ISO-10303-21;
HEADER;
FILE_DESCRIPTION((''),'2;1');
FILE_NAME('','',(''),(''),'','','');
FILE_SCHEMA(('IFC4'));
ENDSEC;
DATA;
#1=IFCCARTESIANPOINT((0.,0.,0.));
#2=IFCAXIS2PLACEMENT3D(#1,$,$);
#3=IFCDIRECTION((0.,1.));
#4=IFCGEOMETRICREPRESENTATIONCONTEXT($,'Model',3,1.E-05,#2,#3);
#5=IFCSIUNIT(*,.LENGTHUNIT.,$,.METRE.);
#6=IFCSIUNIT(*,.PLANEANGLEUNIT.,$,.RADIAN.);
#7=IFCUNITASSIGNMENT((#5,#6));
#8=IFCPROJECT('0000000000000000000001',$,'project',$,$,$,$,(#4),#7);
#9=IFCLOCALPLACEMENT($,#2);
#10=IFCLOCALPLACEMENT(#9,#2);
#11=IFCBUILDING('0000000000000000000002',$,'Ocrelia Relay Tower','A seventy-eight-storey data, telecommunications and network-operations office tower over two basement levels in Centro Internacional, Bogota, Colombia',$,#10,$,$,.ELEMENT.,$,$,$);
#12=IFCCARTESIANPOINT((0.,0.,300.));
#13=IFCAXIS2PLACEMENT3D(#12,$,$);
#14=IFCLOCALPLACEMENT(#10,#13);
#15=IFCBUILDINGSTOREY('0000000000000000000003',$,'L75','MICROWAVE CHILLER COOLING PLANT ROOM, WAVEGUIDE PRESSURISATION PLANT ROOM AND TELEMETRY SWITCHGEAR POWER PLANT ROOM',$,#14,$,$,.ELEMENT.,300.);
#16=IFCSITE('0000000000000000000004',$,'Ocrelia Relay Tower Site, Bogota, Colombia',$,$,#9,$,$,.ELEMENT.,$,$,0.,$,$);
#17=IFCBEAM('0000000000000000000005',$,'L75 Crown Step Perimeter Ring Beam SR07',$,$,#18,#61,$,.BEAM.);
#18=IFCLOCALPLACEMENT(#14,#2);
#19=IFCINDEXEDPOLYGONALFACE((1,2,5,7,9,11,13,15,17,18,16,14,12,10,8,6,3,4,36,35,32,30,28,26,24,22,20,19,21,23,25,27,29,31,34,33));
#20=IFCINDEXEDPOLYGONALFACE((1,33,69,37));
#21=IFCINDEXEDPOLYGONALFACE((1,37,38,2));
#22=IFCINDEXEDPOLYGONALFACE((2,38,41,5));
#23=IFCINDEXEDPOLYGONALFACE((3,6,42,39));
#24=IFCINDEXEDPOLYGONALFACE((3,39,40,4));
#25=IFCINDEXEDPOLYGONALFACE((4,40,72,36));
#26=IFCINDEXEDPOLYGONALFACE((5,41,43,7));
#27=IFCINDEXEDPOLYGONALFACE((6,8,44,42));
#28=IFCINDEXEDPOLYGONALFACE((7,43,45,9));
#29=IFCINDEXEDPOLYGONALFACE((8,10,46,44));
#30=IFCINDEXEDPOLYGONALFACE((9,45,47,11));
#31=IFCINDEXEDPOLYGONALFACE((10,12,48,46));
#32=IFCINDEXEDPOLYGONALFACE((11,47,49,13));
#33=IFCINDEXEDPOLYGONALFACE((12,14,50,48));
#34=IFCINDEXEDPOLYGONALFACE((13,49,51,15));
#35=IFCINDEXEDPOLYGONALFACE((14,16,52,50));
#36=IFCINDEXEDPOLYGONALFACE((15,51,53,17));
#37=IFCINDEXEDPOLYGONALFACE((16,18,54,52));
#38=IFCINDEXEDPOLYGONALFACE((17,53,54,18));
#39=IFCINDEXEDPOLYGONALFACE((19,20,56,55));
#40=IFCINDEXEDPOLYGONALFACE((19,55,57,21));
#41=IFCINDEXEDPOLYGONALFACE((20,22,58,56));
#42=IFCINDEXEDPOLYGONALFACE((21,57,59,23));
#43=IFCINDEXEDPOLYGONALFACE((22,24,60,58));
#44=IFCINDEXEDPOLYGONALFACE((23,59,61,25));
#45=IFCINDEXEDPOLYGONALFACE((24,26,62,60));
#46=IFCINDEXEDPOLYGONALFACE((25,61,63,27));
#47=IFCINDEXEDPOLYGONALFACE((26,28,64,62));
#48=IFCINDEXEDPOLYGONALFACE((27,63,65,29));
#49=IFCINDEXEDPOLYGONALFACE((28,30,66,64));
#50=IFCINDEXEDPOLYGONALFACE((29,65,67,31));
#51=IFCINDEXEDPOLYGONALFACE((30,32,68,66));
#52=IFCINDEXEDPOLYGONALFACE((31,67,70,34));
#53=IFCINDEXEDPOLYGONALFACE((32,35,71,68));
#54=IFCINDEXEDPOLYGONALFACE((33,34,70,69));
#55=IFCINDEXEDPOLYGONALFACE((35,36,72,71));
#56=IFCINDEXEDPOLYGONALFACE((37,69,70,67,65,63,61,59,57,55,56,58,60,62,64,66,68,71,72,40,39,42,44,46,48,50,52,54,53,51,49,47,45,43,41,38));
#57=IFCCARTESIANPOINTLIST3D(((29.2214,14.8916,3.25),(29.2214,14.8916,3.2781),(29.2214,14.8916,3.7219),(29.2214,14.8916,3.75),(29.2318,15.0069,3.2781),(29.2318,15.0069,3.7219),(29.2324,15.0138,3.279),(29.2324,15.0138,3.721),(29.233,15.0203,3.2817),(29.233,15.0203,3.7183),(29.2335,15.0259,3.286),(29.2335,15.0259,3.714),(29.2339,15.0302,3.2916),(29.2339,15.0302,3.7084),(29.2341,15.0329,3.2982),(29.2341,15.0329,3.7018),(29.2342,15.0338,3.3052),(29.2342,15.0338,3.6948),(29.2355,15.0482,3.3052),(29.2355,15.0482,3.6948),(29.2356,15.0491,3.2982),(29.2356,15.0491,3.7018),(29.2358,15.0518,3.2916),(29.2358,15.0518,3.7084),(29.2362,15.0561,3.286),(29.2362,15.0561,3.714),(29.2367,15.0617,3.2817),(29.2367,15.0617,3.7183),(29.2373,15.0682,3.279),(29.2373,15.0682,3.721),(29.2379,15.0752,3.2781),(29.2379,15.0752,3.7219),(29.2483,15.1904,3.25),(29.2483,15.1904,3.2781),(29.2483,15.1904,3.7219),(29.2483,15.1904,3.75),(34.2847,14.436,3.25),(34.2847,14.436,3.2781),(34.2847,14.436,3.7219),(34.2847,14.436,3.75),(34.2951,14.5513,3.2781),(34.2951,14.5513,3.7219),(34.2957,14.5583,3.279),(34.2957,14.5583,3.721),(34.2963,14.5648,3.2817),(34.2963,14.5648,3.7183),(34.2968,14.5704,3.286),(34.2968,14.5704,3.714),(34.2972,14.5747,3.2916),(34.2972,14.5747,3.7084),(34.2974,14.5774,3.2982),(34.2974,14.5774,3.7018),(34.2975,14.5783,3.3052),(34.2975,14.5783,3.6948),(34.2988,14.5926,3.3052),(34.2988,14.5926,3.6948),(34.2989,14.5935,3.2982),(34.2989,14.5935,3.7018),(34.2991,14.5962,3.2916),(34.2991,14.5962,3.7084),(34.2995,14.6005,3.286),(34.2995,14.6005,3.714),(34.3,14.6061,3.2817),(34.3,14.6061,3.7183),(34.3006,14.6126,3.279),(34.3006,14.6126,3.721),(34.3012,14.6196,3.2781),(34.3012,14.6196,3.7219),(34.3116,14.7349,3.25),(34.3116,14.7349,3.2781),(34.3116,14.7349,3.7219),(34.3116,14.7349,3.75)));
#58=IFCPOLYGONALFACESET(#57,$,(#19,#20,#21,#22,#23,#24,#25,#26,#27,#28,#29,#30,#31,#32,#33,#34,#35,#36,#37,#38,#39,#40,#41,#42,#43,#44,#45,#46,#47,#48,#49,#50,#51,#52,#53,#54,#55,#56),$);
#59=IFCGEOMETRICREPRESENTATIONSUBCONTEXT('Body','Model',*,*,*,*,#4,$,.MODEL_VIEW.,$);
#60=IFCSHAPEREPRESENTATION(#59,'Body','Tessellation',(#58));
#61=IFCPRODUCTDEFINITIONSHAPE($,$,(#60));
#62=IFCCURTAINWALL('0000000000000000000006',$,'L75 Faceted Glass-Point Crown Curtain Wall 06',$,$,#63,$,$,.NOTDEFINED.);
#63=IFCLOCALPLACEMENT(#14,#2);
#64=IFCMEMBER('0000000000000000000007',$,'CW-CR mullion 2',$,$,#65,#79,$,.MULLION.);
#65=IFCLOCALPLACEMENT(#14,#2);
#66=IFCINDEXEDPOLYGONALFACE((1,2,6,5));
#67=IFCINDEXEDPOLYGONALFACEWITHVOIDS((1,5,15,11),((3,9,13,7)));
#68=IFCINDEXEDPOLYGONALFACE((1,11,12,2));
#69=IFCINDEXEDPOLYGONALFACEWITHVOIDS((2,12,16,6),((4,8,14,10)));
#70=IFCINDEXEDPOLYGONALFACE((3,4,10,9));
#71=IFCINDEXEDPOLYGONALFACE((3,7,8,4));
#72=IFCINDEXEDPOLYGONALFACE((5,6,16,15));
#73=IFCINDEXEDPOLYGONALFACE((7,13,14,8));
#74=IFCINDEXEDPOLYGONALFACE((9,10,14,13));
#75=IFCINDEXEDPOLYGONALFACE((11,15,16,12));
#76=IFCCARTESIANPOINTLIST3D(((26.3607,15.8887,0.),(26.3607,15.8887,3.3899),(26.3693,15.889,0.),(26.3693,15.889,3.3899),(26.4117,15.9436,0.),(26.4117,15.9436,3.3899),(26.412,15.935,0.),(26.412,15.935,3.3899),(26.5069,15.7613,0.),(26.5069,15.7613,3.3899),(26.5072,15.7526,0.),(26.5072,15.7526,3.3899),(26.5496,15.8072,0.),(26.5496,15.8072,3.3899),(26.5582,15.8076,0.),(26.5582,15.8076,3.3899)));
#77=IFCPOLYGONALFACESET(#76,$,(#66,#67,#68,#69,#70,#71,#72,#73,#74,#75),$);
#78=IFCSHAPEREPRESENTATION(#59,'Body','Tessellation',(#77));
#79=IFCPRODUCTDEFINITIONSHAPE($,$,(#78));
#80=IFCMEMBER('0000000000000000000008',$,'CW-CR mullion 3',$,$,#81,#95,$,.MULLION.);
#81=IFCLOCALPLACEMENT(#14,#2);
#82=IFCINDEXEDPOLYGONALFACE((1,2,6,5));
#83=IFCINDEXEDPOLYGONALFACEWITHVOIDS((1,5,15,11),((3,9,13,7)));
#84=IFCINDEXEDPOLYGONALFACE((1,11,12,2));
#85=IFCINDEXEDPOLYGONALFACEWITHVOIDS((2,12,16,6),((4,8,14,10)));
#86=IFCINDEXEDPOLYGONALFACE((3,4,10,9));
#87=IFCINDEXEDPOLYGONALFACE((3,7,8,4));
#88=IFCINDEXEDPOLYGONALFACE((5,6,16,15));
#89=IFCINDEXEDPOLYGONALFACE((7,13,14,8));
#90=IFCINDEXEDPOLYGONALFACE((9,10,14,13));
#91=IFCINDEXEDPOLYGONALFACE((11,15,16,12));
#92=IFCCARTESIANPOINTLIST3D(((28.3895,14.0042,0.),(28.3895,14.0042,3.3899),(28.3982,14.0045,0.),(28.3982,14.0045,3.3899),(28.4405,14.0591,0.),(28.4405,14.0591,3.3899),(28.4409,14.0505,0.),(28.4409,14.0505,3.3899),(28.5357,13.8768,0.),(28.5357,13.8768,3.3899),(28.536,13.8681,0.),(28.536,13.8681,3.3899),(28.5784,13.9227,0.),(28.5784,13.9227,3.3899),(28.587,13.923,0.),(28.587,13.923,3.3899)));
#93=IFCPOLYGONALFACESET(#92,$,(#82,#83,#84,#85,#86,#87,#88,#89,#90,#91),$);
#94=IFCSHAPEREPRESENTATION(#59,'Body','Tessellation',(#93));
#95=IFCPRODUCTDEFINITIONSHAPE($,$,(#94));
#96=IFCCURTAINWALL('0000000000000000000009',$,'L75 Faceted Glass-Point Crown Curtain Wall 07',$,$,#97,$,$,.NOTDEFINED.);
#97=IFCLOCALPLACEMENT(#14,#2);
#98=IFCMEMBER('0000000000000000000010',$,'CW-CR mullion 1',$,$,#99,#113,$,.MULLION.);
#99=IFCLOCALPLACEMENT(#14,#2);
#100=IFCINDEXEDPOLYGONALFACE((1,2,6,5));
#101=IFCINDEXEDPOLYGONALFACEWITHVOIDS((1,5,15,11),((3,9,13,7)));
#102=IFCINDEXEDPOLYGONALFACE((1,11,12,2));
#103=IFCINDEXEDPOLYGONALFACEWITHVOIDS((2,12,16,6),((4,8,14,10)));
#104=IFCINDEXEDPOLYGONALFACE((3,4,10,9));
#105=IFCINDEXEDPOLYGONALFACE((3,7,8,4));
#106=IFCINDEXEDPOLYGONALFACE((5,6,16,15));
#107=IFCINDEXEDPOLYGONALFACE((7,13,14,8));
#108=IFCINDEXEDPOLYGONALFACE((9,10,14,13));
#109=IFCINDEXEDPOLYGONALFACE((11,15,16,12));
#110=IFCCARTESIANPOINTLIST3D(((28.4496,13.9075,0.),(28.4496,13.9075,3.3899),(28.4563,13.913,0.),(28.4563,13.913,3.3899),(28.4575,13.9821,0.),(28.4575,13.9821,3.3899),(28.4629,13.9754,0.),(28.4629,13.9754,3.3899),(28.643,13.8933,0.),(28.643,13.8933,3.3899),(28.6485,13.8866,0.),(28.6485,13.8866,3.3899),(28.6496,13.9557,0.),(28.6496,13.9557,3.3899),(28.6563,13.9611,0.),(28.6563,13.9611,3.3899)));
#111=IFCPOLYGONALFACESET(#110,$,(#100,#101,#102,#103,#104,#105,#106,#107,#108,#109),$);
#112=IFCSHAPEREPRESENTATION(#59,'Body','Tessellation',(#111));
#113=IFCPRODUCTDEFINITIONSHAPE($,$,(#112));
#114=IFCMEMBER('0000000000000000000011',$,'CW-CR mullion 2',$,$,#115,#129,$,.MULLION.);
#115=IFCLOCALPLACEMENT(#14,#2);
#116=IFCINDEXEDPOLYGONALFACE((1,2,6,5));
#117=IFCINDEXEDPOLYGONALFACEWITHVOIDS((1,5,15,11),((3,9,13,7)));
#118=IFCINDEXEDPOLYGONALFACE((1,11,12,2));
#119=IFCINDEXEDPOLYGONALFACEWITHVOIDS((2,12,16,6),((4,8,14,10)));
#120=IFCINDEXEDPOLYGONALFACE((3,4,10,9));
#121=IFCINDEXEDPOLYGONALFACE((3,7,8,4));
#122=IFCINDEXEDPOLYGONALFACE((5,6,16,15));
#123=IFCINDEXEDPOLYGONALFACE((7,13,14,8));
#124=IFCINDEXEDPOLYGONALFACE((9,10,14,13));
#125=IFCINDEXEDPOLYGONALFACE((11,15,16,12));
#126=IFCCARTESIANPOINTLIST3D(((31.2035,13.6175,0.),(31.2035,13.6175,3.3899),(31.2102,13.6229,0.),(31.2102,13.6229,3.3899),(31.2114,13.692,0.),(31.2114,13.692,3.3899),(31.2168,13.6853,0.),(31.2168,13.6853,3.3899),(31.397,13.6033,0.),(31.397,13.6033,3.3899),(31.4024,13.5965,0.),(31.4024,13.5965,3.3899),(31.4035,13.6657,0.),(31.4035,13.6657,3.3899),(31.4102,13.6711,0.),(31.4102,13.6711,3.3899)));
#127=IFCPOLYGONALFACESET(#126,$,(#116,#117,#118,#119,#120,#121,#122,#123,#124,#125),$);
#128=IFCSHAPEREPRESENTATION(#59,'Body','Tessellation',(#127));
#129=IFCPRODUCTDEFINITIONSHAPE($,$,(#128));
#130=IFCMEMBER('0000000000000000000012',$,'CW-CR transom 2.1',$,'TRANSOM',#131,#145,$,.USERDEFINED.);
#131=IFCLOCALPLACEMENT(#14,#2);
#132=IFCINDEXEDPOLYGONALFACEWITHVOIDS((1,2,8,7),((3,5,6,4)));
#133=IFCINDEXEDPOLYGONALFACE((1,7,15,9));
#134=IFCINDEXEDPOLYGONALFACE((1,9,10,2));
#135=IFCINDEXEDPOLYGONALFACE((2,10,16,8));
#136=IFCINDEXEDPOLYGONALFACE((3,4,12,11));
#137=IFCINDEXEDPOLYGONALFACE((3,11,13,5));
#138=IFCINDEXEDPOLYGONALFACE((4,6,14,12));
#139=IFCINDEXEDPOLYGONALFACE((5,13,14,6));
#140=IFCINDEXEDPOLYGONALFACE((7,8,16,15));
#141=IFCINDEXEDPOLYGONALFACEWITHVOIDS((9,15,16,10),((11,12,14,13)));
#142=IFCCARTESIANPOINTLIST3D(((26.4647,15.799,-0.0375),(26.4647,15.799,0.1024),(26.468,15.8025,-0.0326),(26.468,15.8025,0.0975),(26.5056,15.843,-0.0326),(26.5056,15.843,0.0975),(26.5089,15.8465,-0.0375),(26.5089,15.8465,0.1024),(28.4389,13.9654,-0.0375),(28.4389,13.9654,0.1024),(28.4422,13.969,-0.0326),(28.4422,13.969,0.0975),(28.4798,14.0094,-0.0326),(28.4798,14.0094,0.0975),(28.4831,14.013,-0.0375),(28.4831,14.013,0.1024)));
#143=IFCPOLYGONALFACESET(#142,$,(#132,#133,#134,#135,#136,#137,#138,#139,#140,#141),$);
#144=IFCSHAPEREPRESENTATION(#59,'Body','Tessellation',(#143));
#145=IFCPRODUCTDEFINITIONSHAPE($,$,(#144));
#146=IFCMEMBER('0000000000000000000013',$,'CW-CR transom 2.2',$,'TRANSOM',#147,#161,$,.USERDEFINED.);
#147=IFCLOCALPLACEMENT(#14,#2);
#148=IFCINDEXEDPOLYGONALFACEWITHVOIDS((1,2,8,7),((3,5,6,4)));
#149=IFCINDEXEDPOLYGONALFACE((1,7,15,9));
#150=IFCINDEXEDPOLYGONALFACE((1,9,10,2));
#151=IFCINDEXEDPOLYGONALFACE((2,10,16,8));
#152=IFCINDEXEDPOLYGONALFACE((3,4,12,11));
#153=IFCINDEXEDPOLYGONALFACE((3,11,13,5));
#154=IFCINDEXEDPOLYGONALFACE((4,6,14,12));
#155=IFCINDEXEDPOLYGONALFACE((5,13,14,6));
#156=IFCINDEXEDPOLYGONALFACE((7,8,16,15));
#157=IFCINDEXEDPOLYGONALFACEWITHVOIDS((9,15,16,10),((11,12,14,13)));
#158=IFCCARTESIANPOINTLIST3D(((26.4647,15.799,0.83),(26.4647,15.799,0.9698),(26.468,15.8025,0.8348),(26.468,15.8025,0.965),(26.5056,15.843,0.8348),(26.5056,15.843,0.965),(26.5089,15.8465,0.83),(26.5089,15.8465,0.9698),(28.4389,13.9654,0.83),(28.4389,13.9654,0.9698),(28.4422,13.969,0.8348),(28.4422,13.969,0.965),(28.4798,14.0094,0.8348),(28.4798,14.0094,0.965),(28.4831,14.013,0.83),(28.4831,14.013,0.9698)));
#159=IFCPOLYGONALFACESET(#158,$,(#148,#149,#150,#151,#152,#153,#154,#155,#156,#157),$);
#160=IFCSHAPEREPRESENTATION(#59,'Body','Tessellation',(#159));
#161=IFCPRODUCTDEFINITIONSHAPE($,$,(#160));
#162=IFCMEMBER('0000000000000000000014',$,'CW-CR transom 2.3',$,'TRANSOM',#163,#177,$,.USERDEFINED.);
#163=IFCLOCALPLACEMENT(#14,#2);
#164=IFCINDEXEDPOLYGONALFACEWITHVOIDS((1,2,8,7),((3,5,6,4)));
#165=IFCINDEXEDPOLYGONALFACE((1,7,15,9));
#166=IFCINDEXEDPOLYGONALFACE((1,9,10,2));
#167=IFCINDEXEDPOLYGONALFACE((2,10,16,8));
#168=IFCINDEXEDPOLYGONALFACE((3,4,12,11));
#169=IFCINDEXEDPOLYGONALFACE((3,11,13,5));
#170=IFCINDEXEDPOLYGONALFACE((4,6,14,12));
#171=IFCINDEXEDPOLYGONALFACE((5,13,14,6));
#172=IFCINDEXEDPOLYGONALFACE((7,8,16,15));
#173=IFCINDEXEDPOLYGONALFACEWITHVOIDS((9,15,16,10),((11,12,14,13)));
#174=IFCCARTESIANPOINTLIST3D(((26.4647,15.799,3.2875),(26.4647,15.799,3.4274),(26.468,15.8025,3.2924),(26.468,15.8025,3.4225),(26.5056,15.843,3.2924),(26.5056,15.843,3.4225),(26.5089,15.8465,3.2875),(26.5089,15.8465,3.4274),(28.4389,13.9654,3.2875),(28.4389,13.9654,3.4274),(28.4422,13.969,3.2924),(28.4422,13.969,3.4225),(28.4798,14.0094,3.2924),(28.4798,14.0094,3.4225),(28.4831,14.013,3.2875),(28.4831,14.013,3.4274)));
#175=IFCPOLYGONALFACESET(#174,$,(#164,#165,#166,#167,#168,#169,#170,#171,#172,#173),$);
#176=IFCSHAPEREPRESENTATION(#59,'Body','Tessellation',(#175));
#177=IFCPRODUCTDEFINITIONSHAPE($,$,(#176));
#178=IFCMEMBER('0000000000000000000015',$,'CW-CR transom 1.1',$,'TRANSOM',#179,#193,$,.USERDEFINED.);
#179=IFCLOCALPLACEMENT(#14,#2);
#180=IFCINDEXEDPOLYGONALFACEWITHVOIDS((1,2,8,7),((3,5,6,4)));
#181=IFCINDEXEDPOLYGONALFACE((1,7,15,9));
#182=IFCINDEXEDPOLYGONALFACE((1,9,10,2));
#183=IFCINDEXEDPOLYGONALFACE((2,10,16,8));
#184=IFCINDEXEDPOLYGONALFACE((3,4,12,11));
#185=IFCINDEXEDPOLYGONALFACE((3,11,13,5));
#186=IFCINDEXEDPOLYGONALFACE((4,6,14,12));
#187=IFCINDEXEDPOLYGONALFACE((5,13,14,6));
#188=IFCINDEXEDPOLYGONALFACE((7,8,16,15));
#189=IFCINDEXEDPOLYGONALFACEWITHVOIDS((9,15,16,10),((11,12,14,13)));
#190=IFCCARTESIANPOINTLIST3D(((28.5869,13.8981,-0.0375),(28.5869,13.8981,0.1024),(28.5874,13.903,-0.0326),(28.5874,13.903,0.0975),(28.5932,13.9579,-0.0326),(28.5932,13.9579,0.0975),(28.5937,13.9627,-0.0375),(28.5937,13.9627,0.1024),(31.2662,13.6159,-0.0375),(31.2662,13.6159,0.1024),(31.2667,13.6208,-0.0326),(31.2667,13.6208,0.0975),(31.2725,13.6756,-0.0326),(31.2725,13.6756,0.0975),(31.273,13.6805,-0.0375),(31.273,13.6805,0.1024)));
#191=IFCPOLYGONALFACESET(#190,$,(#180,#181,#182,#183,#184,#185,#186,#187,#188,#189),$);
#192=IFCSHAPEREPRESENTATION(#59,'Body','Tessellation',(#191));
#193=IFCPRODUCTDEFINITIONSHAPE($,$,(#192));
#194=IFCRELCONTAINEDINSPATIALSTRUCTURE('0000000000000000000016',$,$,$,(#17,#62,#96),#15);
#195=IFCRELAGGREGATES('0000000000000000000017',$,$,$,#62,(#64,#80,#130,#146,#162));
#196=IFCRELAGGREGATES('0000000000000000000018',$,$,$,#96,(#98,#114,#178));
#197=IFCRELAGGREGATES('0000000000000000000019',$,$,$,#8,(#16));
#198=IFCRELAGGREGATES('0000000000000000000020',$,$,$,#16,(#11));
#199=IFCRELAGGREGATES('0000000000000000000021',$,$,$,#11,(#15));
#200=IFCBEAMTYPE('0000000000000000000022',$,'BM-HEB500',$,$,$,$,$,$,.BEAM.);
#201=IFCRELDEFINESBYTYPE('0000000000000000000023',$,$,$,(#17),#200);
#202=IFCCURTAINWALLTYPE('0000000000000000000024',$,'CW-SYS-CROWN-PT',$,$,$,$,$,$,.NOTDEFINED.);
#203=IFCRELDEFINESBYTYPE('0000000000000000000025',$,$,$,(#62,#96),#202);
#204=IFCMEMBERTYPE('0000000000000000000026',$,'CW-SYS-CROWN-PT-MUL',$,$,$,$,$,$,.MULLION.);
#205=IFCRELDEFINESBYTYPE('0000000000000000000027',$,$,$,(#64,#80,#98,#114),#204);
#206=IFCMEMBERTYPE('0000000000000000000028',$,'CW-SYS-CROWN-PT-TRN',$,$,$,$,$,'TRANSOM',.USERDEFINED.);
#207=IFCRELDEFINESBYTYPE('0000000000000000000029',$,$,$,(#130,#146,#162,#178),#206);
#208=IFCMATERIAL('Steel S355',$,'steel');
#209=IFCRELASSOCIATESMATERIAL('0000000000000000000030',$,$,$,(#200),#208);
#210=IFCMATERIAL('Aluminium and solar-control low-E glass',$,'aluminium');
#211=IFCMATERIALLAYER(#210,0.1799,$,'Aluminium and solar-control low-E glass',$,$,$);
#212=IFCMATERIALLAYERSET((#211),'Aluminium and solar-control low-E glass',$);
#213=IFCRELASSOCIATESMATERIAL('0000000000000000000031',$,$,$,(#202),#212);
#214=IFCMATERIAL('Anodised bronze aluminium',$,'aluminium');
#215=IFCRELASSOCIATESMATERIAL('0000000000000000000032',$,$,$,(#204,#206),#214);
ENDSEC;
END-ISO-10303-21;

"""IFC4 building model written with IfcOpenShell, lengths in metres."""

from ifc_helpers import new_model, si_unit, direction, frame, origin, origin_2d, place, context, subcontext, project, spatial, hollow_rectangle, i_section, extrude, material, layer, layer_set, material_profile, profile_set, type_object, element, aggregate, save


model = new_model("IFC4")

# Units and contexts
model_context = context("Model", 3, precision=1e-05, world=origin(), true_north=direction((0.0, 1.0)))
body_context = subcontext(model_context, "Body", "Model", "MODEL_VIEW")
ifc_project = project(units=[si_unit("LENGTHUNIT", "METRE"), si_unit("PLANEANGLEUNIT", "RADIAN")], contexts=[model_context])

# Site, building, storey
site_placement = place(None, origin())
site = spatial("IfcSite", under=ifc_project, at=site_placement, Name="Ocrelia Relay Tower Site, Bogota, Colombia", CompositionType="ELEMENT", RefElevation=0.0)
building_placement = place(site_placement, origin())
building = spatial("IfcBuilding", under=site, at=building_placement, Name="Ocrelia Relay Tower", Description="A seventy-eight-storey data, telecommunications and network-operations office tower over two basement levels in Centro Internacional, Bogota, Colombia", CompositionType="ELEMENT")
storey_placement = place(building_placement, frame((0.0, 0.0, 300.0)))
storey = spatial("IfcBuildingStorey", under=building, at=storey_placement, Name="L75", Description="MICROWAVE CHILLER COOLING PLANT ROOM, WAVEGUIDE PRESSURISATION PLANT ROOM AND TELEMETRY SWITCHGEAR POWER PLANT ROOM", CompositionType="ELEMENT", Elevation=300.0)

# Beam
ifc_material_1 = material(Name="Steel S355", Category="steel")
ifc_material_profile_1 = material_profile(ifc_material_1, i_section(OverallWidth=0.3, OverallDepth=0.5, WebThickness=0.0144, FlangeThickness=0.0281, FilletRadius=0.0271, at=origin_2d()), Name="HEB 500")
ifc_profile_set_1 = profile_set([ifc_material_profile_1], Name="Steel S355")
beam_type_1 = type_object("IfcBeamType", Name="BM-HEB500", PredefinedType="BEAM", material=ifc_profile_set_1)
beam_1_placement = place(storey_placement, frame((29.2349, 15.041, 3.5), z_axis=(0.995977, -0.089613, 0.0), x_axis=(0.089613, 0.995977, 0.0)))
element("IfcBeam", 1, at=beam_1_placement, inside=storey, type_object=beam_type_1, Name="L75 Crown Step Perimeter Ring Beam SR07", PredefinedType="BEAM", context=body_context, shape_type="SweptSolid", body=[
    extrude(i_section(OverallWidth=0.3, OverallDepth=0.5, WebThickness=0.0144, FlangeThickness=0.0281, FilletRadius=0.0271, at=origin_2d()), origin(), (0.0, 0.0, 1.0), 5.0837),
])

# Curtain walls, members
ifc_material_2 = material(Name="Aluminium and solar-control low-E glass", Category="aluminium")
ifc_layer_1 = layer(ifc_material_2, 0.1799, Name="Aluminium and solar-control low-E glass")
ifc_layer_set_1 = layer_set([ifc_layer_1], Name="Aluminium and solar-control low-E glass")
curtain_wall_type = type_object("IfcCurtainWallType", Name="CW-SYS-CROWN-PT", PredefinedType="NOTDEFINED", material=ifc_layer_set_1)
curtain_wall_1_placement = place(storey_placement, origin())
curtain_wall_1 = element("IfcCurtainWall", 2, at=curtain_wall_1_placement, inside=storey, type_object=curtain_wall_type, Name="L75 Faceted Glass-Point Crown Curtain Wall 06", PredefinedType="NOTDEFINED")
ifc_material_3 = material(Name="Anodised bronze aluminium", Category="aluminium")
ifc_material_profile_2 = material_profile(ifc_material_3, hollow_rectangle(XDim=0.075, YDim=0.2, WallThickness=0.0061, at=origin_2d()), Name="CW-MUL-200x75")
ifc_profile_set_2 = profile_set([ifc_material_profile_2], Name="Anodised bronze aluminium")
member_type_1 = type_object("IfcMemberType", Name="CW-SYS-CROWN-PT-MUL", PredefinedType="MULLION", material=ifc_profile_set_2)
member_1_placement = place(storey_placement, frame((26.4595, 15.8481, 0.0), z_axis=(0.0, 0.0, 1.0), x_axis=(0.680553, 0.732699, 0.0)))
member_1 = element("IfcMember", 3, at=member_1_placement, type_object=member_type_1, Name="CW-CR mullion 2", PredefinedType="MULLION", context=body_context, shape_type="SweptSolid", body=[
    extrude(hollow_rectangle(XDim=0.075, YDim=0.2, WallThickness=0.0061, at=origin_2d()), origin(), (0.0, 0.0, 1.0), 3.3899),
])
member_2_placement = place(storey_placement, frame((28.4883, 13.9636, 0.0), z_axis=(0.0, 0.0, 1.0), x_axis=(0.680553, 0.732699, 0.0)))
member_2 = element("IfcMember", 4, at=member_2_placement, type_object=member_type_1, Name="CW-CR mullion 3", PredefinedType="MULLION", context=body_context, shape_type="SweptSolid", body=[
    extrude(hollow_rectangle(XDim=0.075, YDim=0.2, WallThickness=0.0061, at=origin_2d()), origin(), (0.0, 0.0, 1.0), 3.3899),
])
curtain_wall_2_placement = place(storey_placement, origin())
curtain_wall_2 = element("IfcCurtainWall", 5, at=curtain_wall_2_placement, inside=storey, type_object=curtain_wall_type, Name="L75 Faceted Glass-Point Crown Curtain Wall 07", PredefinedType="NOTDEFINED")
member_3_placement = place(storey_placement, frame((28.553, 13.9343, 0.0), z_axis=(0.0, 0.0, 1.0), x_axis=(0.104755, 0.994498, 0.0)))
member_3 = element("IfcMember", 6, at=member_3_placement, type_object=member_type_1, Name="CW-CR mullion 1", PredefinedType="MULLION", context=body_context, shape_type="SweptSolid", body=[
    extrude(hollow_rectangle(XDim=0.075, YDim=0.2, WallThickness=0.0061, at=origin_2d()), origin(), (0.0, 0.0, 1.0), 3.3899),
])
member_4_placement = place(storey_placement, frame((31.3069, 13.6443, 0.0), z_axis=(0.0, 0.0, 1.0), x_axis=(0.104755, 0.994498, 0.0)))
member_4 = element("IfcMember", 7, at=member_4_placement, type_object=member_type_1, Name="CW-CR mullion 2", PredefinedType="MULLION", context=body_context, shape_type="SweptSolid", body=[
    extrude(hollow_rectangle(XDim=0.075, YDim=0.2, WallThickness=0.0061, at=origin_2d()), origin(), (0.0, 0.0, 1.0), 3.3899),
])

# Members
ifc_material_profile_3 = material_profile(ifc_material_3, hollow_rectangle(XDim=0.0649, YDim=0.1399, WallThickness=0.0049, at=origin_2d()), Name="CW-TRN-140x65")
ifc_profile_set_3 = profile_set([ifc_material_profile_3], Name="Anodised bronze aluminium")
member_type_2 = type_object("IfcMemberType", Name="CW-SYS-CROWN-PT-TRN", ElementType="TRANSOM", PredefinedType="USERDEFINED", material=ifc_profile_set_3)
member_5_placement = place(storey_placement, frame((26.4868, 15.8228, 0.0325), z_axis=(0.732722, -0.680528, 0.0), x_axis=(0.680528, 0.732722, 0.0)))
member_5 = element("IfcMember", 8, at=member_5_placement, type_object=member_type_2, Name="CW-CR transom 2.1", ObjectType="TRANSOM", PredefinedType="USERDEFINED", context=body_context, shape_type="SweptSolid", body=[
    extrude(hollow_rectangle(XDim=0.0649, YDim=0.1399, WallThickness=0.0049, at=origin_2d()), origin(), (0.0, 0.0, 1.0), 2.6943),
])
member_6_placement = place(storey_placement, frame((26.4868, 15.8228, 0.8999), z_axis=(0.732722, -0.680528, 0.0), x_axis=(0.680528, 0.732722, 0.0)))
member_6 = element("IfcMember", 9, at=member_6_placement, type_object=member_type_2, Name="CW-CR transom 2.2", ObjectType="TRANSOM", PredefinedType="USERDEFINED", context=body_context, shape_type="SweptSolid", body=[
    extrude(hollow_rectangle(XDim=0.0649, YDim=0.1399, WallThickness=0.0049, at=origin_2d()), origin(), (0.0, 0.0, 1.0), 2.6943),
])
member_7_placement = place(storey_placement, frame((26.4868, 15.8228, 3.3574), z_axis=(0.732722, -0.680528, 0.0), x_axis=(0.680528, 0.732722, 0.0)))
member_7 = element("IfcMember", 10, at=member_7_placement, type_object=member_type_2, Name="CW-CR transom 2.3", ObjectType="TRANSOM", PredefinedType="USERDEFINED", context=body_context, shape_type="SweptSolid", body=[
    extrude(hollow_rectangle(XDim=0.0649, YDim=0.1399, WallThickness=0.0049, at=origin_2d()), origin(), (0.0, 0.0, 1.0), 2.6943),
])
member_8_placement = place(storey_placement, frame((28.5903, 13.9304, 0.0325), z_axis=(0.994498, -0.10476, 0.0), x_axis=(0.10476, 0.994498, 0.0)))
member_8 = element("IfcMember", 11, at=member_8_placement, type_object=member_type_2, Name="CW-CR transom 1.1", ObjectType="TRANSOM", PredefinedType="USERDEFINED", context=body_context, shape_type="SweptSolid", body=[
    extrude(hollow_rectangle(XDim=0.0649, YDim=0.1399, WallThickness=0.0049, at=origin_2d()), origin(), (0.0, 0.0, 1.0), 2.6941),
])

aggregate(curtain_wall_1, [member_1, member_2, member_5, member_6, member_7])
aggregate(curtain_wall_2, [member_3, member_4, member_8])

save(model, "model.ifc")
